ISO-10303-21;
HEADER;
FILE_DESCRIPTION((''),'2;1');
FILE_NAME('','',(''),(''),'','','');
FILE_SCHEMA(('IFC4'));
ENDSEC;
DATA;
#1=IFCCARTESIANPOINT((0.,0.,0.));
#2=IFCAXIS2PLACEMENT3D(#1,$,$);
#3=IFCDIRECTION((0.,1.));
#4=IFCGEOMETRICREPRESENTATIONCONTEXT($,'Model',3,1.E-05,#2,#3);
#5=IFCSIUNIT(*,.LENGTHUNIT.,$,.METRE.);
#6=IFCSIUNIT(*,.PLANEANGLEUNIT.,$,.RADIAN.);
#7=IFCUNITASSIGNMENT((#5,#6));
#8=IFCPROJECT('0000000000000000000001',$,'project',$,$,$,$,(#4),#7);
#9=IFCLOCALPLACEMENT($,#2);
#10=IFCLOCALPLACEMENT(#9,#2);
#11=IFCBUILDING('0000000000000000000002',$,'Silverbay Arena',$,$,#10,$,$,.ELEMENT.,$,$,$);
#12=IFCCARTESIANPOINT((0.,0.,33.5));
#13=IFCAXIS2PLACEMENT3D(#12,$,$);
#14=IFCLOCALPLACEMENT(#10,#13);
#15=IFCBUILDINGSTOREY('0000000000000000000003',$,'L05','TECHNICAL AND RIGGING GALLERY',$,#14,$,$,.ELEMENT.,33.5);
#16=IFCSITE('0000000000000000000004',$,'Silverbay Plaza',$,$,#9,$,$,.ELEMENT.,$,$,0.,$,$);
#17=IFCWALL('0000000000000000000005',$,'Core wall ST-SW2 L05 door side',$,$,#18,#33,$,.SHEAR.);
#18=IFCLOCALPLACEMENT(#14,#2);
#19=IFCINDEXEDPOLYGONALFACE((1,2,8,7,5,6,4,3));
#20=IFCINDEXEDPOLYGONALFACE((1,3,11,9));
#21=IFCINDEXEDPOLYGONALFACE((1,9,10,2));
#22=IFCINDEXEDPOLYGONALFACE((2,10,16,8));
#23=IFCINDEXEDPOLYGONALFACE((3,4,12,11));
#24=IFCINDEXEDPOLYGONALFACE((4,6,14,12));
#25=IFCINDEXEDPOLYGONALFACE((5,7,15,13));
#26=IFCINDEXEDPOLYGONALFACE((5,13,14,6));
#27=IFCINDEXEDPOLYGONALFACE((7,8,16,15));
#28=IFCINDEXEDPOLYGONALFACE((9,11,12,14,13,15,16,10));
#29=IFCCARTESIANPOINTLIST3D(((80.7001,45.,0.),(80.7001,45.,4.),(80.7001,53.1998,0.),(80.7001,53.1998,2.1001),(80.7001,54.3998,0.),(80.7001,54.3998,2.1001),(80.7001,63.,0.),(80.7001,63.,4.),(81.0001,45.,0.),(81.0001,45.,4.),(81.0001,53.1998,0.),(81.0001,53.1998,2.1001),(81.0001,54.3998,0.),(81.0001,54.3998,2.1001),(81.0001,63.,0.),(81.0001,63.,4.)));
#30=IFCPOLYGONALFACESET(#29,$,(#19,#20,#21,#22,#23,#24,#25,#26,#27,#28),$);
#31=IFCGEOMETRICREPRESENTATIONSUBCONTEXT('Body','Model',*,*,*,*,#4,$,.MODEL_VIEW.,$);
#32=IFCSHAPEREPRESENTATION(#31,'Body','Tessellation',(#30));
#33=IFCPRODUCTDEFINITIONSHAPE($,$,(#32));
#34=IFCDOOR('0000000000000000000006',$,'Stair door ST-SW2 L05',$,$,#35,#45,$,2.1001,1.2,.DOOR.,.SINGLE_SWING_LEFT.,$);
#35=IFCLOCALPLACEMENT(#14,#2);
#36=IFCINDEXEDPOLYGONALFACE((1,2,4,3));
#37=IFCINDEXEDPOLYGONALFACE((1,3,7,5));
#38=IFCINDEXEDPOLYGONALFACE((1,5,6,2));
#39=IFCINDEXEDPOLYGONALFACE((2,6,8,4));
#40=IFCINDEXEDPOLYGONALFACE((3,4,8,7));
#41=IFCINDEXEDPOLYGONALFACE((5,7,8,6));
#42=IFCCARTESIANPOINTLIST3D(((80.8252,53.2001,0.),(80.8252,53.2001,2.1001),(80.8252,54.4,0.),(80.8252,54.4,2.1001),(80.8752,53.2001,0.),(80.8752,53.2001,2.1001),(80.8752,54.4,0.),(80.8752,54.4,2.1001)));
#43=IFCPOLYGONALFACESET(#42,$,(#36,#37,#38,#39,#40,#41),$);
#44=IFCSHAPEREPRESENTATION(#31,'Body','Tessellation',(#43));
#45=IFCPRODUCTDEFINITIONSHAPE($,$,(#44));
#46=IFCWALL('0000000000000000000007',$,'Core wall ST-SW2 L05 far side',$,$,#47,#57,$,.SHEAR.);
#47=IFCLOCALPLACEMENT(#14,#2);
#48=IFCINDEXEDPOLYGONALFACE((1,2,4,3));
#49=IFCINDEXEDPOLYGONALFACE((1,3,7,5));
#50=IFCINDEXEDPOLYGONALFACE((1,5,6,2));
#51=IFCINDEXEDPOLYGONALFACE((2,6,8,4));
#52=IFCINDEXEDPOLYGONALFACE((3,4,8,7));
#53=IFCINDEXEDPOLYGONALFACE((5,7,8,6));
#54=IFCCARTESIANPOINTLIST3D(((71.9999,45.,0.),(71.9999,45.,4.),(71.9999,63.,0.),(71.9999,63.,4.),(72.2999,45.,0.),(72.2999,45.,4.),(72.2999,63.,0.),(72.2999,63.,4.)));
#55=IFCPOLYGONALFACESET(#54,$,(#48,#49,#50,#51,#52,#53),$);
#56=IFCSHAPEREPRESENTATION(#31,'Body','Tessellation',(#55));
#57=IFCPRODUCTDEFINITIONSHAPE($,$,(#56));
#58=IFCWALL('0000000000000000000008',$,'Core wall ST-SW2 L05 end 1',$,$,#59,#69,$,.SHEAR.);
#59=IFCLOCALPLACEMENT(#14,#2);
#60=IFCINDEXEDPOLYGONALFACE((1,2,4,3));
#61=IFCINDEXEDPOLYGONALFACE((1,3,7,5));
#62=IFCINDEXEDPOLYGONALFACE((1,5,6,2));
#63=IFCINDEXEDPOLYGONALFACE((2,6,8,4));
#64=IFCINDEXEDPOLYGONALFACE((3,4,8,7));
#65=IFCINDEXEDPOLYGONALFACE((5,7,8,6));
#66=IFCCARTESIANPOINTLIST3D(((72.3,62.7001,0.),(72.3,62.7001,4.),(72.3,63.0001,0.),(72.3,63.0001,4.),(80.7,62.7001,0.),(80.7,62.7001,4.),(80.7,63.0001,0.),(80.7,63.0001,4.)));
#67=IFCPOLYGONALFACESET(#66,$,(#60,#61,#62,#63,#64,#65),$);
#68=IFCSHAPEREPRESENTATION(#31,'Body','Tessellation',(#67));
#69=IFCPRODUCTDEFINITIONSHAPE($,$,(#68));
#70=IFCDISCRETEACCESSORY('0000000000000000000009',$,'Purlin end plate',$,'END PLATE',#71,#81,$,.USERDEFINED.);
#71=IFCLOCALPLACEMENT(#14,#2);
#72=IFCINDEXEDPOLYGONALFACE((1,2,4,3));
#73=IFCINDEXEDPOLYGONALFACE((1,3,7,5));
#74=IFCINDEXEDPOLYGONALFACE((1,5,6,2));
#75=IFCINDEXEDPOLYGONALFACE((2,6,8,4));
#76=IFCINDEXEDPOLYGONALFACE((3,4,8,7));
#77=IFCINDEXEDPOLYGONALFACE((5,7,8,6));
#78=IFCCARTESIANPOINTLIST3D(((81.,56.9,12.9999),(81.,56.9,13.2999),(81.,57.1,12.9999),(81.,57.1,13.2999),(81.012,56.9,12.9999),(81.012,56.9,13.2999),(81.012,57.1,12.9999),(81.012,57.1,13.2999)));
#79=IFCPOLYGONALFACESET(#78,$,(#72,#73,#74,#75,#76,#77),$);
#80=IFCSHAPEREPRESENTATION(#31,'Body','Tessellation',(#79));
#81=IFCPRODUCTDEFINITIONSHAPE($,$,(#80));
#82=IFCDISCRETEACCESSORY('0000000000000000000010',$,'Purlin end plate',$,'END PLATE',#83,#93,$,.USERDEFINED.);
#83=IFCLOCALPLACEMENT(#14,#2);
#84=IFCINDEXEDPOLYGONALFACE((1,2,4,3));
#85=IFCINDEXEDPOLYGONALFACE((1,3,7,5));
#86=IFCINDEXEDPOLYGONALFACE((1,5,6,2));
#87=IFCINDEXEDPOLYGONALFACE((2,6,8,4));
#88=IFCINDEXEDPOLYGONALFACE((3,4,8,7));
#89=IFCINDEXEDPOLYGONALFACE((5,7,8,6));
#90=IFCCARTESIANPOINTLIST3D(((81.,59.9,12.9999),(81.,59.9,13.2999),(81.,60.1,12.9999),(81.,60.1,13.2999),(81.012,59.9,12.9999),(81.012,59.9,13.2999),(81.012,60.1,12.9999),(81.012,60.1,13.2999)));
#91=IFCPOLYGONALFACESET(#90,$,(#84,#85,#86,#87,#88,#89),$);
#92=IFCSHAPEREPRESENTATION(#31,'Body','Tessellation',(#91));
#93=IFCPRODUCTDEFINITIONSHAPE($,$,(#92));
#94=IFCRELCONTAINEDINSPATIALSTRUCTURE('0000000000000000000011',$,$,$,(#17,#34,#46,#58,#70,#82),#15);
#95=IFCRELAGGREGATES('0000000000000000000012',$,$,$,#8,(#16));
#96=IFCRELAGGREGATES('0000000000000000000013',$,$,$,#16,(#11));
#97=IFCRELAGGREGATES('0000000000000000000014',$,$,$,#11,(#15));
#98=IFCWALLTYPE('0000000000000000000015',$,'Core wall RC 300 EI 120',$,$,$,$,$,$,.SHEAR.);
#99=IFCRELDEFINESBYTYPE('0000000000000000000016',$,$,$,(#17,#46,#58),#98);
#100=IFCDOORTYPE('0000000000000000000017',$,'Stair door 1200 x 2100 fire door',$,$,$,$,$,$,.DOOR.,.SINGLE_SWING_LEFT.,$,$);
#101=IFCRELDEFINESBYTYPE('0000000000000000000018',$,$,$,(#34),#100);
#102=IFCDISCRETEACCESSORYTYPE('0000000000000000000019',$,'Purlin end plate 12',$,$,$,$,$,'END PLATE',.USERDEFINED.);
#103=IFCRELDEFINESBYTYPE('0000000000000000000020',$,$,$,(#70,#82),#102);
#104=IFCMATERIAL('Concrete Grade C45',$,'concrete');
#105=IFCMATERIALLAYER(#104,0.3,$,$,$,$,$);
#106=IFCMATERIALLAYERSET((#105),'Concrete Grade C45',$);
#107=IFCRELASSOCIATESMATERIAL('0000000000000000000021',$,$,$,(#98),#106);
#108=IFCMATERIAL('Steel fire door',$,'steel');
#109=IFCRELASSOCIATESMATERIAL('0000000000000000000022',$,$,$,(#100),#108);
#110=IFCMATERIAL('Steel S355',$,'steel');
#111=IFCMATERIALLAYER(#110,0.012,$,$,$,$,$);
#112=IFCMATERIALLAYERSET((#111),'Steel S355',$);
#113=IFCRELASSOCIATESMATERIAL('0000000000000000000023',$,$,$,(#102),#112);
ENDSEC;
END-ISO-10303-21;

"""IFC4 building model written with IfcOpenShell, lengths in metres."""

from ifc_helpers import new_model, si_unit, direction, frame, frame_2d, origin, origin_2d, place, context, subcontext, project, spatial, rectangle, extrude, material, layer, layer_set, type_object, element, fill, save


model = new_model("IFC4")

# Units and contexts
model_context = context("Model", 3, precision=1e-05, world=origin(), true_north=direction((0.0, 1.0)))
body_context = subcontext(model_context, "Body", "Model", "MODEL_VIEW")
ifc_project = project(units=[si_unit("LENGTHUNIT", "METRE"), si_unit("PLANEANGLEUNIT", "RADIAN")], contexts=[model_context])

# Site, building, storey
site_placement = place(None, origin())
site = spatial("IfcSite", under=ifc_project, at=site_placement, Name="Silverbay Plaza", CompositionType="ELEMENT", RefElevation=0.0)
building_placement = place(site_placement, origin())
building = spatial("IfcBuilding", under=site, at=building_placement, Name="Silverbay Arena", CompositionType="ELEMENT")
storey_placement = place(building_placement, frame((0.0, 0.0, 33.5)))
storey = spatial("IfcBuildingStorey", under=building, at=storey_placement, Name="L05", Description="TECHNICAL AND RIGGING GALLERY", CompositionType="ELEMENT", Elevation=33.5)

# Wall, opening, door
ifc_material_1 = material(Name="Concrete Grade C45", Category="concrete")
ifc_layer_1 = layer(ifc_material_1, 0.3)
ifc_layer_set_1 = layer_set([ifc_layer_1], Name="Concrete Grade C45")
wall_type_1 = type_object("IfcWallType", Name="Core wall RC 300 EI 120", PredefinedType="SHEAR", material=ifc_layer_set_1)
wall_1_placement = place(storey_placement, frame((80.8501, 63.0, 0.0), z_axis=(0.0, 0.0, 1.0), x_axis=(0.0, -1.0, 0.0)))
wall_1 = element("IfcWall", 1, at=wall_1_placement, inside=storey, type_object=wall_type_1, Name="Core wall ST-SW2 L05 door side", PredefinedType="SHEAR", context=body_context, shape_type="SweptSolid", body=[
    extrude(rectangle(XDim=18.0, YDim=0.3, at=frame_2d((9.0, 0.0))), origin(), (0.0, 0.0, 1.0), 4.0),
])
opening_placement = place(wall_1_placement, frame((8.6001, 0.0, 0.0)))
opening = element("IfcOpeningElement", 2, at=opening_placement, cuts=wall_1, PredefinedType="OPENING", context=body_context, shape_type="SweptSolid", body=[
    extrude(rectangle(XDim=1.2, YDim=2.1001, at=frame_2d((0.6001, 1.05))), frame((0.0, 0.1602, 0.0), z_axis=(0.0, -1.0, 0.0), x_axis=(1.0, 0.0, 0.0)), (0.0, 0.0, 1.0), 0.3201),
])
ifc_material_2 = material(Name="Steel fire door", Category="steel")
door_type = type_object("IfcDoorType", Name="Stair door 1200 x 2100 fire door", OperationType="SINGLE_SWING_LEFT", PredefinedType="DOOR", material=ifc_material_2)
door_placement = place(opening_placement, frame((1.2, 0.0, 0.0), z_axis=(0.0, 0.0, 1.0), x_axis=(-1.0, 0.0, 0.0)))
door = element("IfcDoor", 3, at=door_placement, inside=storey, type_object=door_type, Name="Stair door ST-SW2 L05", OperationType="SINGLE_SWING_LEFT", OverallHeight=2.1001, OverallWidth=1.2, PredefinedType="DOOR", context=body_context, shape_type="SweptSolid", body=[
    extrude(rectangle(XDim=1.2, YDim=2.1001, at=frame_2d((0.6001, 1.05))), frame((0.0, 0.0249, 0.0), z_axis=(0.0, -1.0, 0.0), x_axis=(1.0, 0.0, 0.0)), (0.0, 0.0, 1.0), 0.05),
])
fill(opening, door)

# Walls
wall_2_placement = place(storey_placement, frame((72.1499, 63.0, 0.0), z_axis=(0.0, 0.0, 1.0), x_axis=(0.0, -1.0, 0.0)))
element("IfcWall", 4, at=wall_2_placement, inside=storey, type_object=wall_type_1, Name="Core wall ST-SW2 L05 far side", PredefinedType="SHEAR", context=body_context, shape_type="SweptSolid", body=[
    extrude(rectangle(XDim=18.0, YDim=0.3, at=frame_2d((9.0, 0.0))), origin(), (0.0, 0.0, 1.0), 4.0),
])
wall_3_placement = place(storey_placement, frame((80.7, 62.8501, 0.0), z_axis=(0.0, 0.0, 1.0), x_axis=(-1.0, 0.0, 0.0)))
element("IfcWall", 5, at=wall_3_placement, inside=storey, type_object=wall_type_1, Name="Core wall ST-SW2 L05 end 1", PredefinedType="SHEAR", context=body_context, shape_type="SweptSolid", body=[
    extrude(rectangle(XDim=8.3999, YDim=0.3, at=frame_2d((4.2, 0.0))), origin(), (0.0, 0.0, 1.0), 4.0),
])

# Discrete accessories
ifc_material_3 = material(Name="Steel S355", Category="steel")
ifc_layer_2 = layer(ifc_material_3, 0.012)
ifc_layer_set_2 = layer_set([ifc_layer_2], Name="Steel S355")
discrete_accessory_type = type_object("IfcDiscreteAccessoryType", Name="Purlin end plate 12", ElementType="END PLATE", PredefinedType="USERDEFINED", material=ifc_layer_set_2)
for number, where, z_axis, x_axis, name in (
    (6, (81.0, 57.0, 13.1499), (1.0, 0.0, 0.0), (0.0, 1.0, 0.0), "Purlin end plate"),
    (7, (81.0, 60.0, 13.1499), (1.0, 0.0, 0.0), (0.0, 1.0, 0.0), "Purlin end plate"),
):
    element("IfcDiscreteAccessory", number, at=place(storey_placement, frame(where, z_axis=z_axis, x_axis=x_axis)), inside=storey, type_object=discrete_accessory_type, Name=name, ObjectType="END PLATE", PredefinedType="USERDEFINED", context=body_context, shape_type="SweptSolid", body=[
        extrude(rectangle(XDim=0.2, YDim=0.3, at=origin_2d()), origin(), (0.0, 0.0, 1.0), 0.012),
    ])

save(model, "model.ifc")
